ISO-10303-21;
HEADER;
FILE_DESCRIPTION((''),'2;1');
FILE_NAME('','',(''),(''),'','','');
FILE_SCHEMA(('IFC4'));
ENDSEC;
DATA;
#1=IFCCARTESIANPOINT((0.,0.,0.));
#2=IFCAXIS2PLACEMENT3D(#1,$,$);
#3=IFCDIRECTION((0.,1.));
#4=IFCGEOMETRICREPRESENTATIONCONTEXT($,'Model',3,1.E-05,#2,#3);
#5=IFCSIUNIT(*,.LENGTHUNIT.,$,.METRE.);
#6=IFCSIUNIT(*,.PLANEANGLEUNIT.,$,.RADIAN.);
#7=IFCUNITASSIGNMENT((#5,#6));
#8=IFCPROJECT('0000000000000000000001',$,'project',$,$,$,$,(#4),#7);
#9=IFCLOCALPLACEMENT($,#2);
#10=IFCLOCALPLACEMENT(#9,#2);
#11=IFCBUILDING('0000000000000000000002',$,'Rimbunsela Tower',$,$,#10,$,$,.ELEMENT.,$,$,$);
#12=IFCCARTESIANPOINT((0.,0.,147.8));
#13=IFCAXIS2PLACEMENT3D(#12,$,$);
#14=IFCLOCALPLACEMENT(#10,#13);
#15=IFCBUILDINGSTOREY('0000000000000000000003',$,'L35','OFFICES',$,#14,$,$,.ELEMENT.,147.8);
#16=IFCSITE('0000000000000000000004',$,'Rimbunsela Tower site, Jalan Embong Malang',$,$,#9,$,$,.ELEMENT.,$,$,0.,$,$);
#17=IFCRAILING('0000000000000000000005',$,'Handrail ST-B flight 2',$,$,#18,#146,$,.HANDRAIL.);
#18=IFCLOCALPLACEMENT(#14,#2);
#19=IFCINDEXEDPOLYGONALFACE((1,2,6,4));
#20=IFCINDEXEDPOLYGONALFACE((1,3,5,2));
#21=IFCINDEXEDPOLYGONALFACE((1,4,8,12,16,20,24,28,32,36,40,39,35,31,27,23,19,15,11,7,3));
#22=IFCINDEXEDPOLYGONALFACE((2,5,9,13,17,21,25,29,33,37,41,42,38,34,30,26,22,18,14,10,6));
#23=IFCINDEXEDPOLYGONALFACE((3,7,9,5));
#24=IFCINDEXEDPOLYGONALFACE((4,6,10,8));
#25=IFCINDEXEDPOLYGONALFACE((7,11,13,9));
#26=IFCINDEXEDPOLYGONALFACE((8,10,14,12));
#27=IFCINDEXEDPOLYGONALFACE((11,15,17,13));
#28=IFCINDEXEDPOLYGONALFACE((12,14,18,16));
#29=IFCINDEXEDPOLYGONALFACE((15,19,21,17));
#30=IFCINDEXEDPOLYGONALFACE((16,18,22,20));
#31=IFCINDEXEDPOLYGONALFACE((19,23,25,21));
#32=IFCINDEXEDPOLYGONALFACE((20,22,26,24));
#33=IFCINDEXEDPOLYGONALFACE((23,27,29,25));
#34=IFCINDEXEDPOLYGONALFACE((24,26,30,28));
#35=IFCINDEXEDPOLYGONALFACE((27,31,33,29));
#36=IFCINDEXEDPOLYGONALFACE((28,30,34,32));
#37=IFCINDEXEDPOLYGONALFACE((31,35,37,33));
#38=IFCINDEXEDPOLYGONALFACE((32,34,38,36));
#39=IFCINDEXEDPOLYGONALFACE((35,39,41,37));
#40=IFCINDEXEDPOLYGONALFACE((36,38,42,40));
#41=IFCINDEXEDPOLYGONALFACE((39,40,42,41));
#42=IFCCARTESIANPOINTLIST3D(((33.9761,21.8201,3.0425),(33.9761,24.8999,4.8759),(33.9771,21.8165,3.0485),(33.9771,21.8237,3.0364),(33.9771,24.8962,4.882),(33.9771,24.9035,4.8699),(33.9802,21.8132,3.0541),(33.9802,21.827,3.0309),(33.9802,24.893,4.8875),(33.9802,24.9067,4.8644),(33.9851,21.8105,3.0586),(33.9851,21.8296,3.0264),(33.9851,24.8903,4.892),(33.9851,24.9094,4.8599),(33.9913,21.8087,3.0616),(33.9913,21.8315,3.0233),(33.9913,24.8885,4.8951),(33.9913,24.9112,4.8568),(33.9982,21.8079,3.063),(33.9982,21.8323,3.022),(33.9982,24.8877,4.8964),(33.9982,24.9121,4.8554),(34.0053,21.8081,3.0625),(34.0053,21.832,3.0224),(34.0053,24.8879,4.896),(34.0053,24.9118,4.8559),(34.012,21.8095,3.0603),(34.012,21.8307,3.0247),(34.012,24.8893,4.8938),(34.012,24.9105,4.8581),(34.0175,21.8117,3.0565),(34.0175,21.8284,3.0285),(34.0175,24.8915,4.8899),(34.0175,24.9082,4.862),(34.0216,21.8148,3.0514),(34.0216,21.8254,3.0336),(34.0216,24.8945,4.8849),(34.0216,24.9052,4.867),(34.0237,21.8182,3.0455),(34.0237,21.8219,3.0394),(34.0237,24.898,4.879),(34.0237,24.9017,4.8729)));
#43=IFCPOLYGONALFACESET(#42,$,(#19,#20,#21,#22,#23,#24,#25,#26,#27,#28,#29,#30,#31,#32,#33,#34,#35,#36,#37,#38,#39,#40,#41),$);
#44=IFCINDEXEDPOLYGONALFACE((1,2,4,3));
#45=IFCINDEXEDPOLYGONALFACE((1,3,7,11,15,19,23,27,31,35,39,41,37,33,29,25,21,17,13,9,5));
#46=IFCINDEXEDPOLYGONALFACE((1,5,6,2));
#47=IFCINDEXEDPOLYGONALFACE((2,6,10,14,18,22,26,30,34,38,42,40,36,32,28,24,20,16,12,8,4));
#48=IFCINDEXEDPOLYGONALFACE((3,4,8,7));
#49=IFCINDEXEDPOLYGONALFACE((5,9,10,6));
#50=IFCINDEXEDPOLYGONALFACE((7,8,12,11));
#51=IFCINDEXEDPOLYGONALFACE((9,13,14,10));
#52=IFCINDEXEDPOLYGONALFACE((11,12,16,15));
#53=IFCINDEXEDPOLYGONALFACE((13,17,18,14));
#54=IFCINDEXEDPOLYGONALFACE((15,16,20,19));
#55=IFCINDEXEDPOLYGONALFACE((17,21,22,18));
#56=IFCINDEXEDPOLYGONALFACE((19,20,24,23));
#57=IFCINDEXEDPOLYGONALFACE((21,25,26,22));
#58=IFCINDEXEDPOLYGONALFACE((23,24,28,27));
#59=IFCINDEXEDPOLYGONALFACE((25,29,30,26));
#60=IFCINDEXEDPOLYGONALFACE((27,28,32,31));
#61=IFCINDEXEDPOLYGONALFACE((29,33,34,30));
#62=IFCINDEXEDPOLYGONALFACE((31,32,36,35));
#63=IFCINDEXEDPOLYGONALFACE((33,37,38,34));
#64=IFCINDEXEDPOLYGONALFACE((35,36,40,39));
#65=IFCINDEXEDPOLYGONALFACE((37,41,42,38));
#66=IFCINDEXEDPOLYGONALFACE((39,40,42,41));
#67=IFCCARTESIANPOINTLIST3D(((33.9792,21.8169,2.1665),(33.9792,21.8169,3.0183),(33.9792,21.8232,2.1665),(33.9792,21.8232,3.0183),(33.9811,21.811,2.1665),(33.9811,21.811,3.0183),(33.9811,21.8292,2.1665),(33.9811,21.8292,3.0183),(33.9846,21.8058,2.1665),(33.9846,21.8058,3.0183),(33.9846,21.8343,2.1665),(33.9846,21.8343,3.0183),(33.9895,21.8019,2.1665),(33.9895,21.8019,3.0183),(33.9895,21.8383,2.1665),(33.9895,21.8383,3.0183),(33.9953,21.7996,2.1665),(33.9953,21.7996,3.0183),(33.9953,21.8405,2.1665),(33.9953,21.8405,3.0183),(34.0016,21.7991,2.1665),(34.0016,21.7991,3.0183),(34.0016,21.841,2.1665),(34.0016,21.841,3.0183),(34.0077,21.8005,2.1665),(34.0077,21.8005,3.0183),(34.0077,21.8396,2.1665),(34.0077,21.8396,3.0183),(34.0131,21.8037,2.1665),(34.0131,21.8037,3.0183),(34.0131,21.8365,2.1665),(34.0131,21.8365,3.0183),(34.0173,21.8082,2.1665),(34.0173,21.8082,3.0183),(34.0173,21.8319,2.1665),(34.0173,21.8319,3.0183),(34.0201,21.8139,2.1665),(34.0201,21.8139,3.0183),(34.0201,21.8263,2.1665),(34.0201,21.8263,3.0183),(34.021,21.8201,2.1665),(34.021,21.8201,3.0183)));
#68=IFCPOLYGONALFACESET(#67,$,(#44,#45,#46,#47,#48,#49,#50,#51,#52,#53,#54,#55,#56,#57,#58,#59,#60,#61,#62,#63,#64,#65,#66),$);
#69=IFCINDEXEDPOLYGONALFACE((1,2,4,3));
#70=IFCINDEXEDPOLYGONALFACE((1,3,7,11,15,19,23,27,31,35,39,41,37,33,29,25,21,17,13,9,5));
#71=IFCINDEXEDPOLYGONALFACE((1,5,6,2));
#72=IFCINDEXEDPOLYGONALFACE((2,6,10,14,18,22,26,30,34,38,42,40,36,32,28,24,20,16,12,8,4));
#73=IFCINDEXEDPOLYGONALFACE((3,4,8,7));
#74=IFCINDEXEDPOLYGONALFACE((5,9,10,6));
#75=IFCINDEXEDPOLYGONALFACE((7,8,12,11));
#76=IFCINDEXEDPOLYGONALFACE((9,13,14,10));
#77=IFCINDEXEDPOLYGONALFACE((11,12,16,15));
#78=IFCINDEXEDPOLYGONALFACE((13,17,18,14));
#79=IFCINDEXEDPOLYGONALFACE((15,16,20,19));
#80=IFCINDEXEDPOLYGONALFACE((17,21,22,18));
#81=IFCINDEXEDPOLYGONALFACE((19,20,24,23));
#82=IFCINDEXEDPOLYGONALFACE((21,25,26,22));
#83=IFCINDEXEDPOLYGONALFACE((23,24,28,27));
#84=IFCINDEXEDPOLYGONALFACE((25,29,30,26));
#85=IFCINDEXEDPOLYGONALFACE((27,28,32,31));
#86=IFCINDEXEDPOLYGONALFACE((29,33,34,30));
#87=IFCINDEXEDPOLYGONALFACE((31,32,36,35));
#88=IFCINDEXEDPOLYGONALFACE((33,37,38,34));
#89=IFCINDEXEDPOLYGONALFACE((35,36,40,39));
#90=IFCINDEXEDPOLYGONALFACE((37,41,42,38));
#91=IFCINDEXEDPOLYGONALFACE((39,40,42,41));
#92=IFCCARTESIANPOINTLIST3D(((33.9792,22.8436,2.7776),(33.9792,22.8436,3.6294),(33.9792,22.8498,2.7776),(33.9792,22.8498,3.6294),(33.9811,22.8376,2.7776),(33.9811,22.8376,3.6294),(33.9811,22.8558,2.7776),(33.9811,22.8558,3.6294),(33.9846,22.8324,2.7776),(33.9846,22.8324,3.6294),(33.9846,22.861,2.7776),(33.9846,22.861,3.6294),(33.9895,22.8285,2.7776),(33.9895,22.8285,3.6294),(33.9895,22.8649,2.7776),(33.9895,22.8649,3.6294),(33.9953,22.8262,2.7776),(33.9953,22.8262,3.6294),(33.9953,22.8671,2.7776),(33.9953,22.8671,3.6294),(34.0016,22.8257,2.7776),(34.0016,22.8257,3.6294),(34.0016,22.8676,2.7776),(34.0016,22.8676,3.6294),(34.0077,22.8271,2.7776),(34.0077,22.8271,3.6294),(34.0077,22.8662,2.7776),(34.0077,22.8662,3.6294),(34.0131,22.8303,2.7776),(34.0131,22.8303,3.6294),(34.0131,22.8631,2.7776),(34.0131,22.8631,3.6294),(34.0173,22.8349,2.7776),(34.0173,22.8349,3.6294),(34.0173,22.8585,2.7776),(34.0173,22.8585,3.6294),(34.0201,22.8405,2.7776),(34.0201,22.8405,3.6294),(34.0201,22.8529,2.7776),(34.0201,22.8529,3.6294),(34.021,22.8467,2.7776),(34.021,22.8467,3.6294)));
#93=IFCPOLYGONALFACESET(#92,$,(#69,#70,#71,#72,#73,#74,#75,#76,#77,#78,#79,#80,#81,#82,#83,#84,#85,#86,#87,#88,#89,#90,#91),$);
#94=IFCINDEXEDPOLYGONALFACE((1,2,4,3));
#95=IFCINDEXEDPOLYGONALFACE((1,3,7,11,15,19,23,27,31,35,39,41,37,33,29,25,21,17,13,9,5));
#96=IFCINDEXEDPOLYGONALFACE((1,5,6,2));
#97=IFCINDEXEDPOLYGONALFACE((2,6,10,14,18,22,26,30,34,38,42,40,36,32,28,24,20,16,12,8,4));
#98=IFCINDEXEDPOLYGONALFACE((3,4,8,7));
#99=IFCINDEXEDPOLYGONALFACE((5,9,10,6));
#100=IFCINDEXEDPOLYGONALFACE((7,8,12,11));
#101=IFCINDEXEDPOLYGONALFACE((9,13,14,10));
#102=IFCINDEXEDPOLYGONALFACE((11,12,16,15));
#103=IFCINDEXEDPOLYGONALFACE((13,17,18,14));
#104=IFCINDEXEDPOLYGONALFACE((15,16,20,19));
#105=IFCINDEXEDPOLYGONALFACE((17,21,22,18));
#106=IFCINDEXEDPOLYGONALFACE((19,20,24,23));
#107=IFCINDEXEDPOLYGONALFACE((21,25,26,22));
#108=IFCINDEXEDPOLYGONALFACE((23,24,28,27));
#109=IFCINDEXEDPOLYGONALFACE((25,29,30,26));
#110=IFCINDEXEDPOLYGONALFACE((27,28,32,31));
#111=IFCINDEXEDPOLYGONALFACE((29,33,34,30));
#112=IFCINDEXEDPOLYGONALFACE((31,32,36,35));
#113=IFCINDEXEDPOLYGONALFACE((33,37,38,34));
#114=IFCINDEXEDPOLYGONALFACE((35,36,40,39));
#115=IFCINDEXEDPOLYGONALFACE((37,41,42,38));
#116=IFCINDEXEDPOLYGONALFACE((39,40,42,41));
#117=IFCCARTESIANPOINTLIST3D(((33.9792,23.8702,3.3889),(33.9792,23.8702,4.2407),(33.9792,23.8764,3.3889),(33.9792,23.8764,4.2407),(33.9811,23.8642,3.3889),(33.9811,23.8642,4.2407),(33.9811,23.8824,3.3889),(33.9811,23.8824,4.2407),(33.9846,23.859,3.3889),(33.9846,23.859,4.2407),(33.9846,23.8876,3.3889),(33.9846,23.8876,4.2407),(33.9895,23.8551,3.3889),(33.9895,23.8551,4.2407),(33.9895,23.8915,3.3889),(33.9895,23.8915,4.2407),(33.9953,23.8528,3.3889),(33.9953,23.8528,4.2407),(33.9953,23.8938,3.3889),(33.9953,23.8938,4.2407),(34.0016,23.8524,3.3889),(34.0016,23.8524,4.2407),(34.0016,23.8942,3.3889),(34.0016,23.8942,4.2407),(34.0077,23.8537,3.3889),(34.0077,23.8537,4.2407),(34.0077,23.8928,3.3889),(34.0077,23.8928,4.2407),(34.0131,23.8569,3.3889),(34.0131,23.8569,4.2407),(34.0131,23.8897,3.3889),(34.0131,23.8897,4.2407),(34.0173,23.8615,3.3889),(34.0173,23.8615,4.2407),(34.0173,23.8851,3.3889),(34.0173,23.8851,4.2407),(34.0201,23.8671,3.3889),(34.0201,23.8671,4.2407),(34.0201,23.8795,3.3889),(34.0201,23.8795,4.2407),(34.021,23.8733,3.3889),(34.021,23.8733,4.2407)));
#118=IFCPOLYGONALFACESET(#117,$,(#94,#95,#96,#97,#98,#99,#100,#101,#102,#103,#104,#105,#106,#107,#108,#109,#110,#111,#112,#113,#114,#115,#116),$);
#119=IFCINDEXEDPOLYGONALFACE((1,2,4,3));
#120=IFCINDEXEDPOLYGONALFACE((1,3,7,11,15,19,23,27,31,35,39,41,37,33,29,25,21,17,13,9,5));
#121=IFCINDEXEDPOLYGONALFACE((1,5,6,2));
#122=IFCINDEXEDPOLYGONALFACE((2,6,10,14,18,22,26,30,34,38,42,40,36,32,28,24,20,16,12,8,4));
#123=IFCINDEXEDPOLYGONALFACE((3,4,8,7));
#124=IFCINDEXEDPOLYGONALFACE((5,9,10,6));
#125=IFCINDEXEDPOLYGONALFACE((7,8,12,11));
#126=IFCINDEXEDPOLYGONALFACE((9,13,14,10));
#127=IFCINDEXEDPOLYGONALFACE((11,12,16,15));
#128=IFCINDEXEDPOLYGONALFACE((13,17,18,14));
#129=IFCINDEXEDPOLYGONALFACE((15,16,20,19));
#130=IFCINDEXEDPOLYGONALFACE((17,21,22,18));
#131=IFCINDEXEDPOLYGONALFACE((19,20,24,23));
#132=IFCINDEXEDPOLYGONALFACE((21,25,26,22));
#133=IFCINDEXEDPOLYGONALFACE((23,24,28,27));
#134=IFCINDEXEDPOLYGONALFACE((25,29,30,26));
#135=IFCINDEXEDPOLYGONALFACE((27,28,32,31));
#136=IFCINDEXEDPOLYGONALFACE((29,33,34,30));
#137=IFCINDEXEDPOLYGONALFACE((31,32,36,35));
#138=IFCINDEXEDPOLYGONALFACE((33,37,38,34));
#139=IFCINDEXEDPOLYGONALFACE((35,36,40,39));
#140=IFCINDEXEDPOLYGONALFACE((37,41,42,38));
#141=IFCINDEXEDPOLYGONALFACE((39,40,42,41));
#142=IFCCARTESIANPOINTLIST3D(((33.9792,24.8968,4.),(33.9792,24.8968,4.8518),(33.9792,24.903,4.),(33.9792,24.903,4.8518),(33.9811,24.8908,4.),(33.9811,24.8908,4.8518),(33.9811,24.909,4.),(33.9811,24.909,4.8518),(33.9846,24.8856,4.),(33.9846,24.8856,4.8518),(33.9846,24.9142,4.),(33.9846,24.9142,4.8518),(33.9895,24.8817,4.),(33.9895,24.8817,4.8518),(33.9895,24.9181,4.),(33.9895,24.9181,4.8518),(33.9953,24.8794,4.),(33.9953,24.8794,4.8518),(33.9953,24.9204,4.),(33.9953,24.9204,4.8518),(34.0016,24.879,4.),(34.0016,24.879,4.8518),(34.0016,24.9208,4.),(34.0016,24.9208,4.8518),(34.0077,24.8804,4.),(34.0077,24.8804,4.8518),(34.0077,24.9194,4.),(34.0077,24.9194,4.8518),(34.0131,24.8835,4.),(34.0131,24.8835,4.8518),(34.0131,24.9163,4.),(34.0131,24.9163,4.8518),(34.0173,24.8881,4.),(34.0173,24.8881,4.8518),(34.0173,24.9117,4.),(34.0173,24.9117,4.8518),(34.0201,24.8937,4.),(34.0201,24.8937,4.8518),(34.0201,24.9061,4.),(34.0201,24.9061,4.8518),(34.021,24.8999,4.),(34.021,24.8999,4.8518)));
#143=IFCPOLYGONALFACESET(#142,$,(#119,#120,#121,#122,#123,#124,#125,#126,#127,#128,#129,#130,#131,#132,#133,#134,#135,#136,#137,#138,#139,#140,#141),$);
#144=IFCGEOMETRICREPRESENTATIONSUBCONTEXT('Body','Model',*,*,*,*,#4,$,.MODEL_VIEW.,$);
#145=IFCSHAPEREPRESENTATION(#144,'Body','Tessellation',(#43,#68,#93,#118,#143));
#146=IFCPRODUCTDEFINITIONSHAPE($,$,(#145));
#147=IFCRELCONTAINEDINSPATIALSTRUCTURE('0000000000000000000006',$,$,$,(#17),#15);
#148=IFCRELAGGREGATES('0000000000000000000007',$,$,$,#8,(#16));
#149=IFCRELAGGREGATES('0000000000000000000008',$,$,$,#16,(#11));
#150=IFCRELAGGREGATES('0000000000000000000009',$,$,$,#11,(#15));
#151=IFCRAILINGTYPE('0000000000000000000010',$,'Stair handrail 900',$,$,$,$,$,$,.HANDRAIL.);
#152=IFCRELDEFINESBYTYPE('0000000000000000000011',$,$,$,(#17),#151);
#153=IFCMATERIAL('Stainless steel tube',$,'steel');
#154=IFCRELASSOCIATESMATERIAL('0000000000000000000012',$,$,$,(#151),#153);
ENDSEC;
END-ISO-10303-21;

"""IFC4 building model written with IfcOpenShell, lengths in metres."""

from ifc_helpers import new_model, si_unit, direction, frame, origin, origin_2d, place, context, subcontext, project, spatial, circle, extrude, material, type_object, element, save


model = new_model("IFC4")

# Units and contexts
model_context = context("Model", 3, precision=1e-05, world=origin(), true_north=direction((0.0, 1.0)))
body_context = subcontext(model_context, "Body", "Model", "MODEL_VIEW")
ifc_project = project(units=[si_unit("LENGTHUNIT", "METRE"), si_unit("PLANEANGLEUNIT", "RADIAN")], contexts=[model_context])

# Site, building, storey
site_placement = place(None, origin())
site = spatial("IfcSite", under=ifc_project, at=site_placement, Name="Rimbunsela Tower site, Jalan Embong Malang", CompositionType="ELEMENT", RefElevation=0.0)
building_placement = place(site_placement, origin())
building = spatial("IfcBuilding", under=site, at=building_placement, Name="Rimbunsela Tower", CompositionType="ELEMENT")
storey_placement = place(building_placement, frame((0.0, 0.0, 147.8)))
storey = spatial("IfcBuildingStorey", under=building, at=storey_placement, Name="L35", Description="OFFICES", CompositionType="ELEMENT", Elevation=147.8)

# Railing
ifc_material_1 = material(Name="Stainless steel tube", Category="steel")
railing_type = type_object("IfcRailingType", Name="Stair handrail 900", PredefinedType="HANDRAIL", material=ifc_material_1)
railing_1_placement = place(storey_placement, frame((34.0, 21.8201, 2.1665)))
element("IfcRailing", 1, at=railing_1_placement, inside=storey, type_object=railing_type, Name="Handrail ST-B flight 2", PredefinedType="HANDRAIL", context=body_context, shape_type="SweptSolid", body=[
    extrude(circle(Radius=0.0239, at=origin_2d()), frame((0.0, 0.0, 0.876), z_axis=(0.0, 0.859261, 0.511538), x_axis=(-1.0, 0.0, 0.0)), (0.0, 0.0, 1.0), 3.5842),
    extrude(circle(Radius=0.021, at=origin_2d()), origin(), (0.0, 0.0, 1.0), 0.8518),
    extrude(circle(Radius=0.021, at=origin_2d()), frame((0.0, 1.0266, 0.6111)), (0.0, 0.0, 1.0), 0.8518),
    extrude(circle(Radius=0.021, at=origin_2d()), frame((0.0, 2.0532, 1.2224)), (0.0, 0.0, 1.0), 0.8518),
    extrude(circle(Radius=0.021, at=origin_2d()), frame((0.0, 3.0798, 1.8335)), (0.0, 0.0, 1.0), 0.8518),
])

save(model, "model.ifc")
